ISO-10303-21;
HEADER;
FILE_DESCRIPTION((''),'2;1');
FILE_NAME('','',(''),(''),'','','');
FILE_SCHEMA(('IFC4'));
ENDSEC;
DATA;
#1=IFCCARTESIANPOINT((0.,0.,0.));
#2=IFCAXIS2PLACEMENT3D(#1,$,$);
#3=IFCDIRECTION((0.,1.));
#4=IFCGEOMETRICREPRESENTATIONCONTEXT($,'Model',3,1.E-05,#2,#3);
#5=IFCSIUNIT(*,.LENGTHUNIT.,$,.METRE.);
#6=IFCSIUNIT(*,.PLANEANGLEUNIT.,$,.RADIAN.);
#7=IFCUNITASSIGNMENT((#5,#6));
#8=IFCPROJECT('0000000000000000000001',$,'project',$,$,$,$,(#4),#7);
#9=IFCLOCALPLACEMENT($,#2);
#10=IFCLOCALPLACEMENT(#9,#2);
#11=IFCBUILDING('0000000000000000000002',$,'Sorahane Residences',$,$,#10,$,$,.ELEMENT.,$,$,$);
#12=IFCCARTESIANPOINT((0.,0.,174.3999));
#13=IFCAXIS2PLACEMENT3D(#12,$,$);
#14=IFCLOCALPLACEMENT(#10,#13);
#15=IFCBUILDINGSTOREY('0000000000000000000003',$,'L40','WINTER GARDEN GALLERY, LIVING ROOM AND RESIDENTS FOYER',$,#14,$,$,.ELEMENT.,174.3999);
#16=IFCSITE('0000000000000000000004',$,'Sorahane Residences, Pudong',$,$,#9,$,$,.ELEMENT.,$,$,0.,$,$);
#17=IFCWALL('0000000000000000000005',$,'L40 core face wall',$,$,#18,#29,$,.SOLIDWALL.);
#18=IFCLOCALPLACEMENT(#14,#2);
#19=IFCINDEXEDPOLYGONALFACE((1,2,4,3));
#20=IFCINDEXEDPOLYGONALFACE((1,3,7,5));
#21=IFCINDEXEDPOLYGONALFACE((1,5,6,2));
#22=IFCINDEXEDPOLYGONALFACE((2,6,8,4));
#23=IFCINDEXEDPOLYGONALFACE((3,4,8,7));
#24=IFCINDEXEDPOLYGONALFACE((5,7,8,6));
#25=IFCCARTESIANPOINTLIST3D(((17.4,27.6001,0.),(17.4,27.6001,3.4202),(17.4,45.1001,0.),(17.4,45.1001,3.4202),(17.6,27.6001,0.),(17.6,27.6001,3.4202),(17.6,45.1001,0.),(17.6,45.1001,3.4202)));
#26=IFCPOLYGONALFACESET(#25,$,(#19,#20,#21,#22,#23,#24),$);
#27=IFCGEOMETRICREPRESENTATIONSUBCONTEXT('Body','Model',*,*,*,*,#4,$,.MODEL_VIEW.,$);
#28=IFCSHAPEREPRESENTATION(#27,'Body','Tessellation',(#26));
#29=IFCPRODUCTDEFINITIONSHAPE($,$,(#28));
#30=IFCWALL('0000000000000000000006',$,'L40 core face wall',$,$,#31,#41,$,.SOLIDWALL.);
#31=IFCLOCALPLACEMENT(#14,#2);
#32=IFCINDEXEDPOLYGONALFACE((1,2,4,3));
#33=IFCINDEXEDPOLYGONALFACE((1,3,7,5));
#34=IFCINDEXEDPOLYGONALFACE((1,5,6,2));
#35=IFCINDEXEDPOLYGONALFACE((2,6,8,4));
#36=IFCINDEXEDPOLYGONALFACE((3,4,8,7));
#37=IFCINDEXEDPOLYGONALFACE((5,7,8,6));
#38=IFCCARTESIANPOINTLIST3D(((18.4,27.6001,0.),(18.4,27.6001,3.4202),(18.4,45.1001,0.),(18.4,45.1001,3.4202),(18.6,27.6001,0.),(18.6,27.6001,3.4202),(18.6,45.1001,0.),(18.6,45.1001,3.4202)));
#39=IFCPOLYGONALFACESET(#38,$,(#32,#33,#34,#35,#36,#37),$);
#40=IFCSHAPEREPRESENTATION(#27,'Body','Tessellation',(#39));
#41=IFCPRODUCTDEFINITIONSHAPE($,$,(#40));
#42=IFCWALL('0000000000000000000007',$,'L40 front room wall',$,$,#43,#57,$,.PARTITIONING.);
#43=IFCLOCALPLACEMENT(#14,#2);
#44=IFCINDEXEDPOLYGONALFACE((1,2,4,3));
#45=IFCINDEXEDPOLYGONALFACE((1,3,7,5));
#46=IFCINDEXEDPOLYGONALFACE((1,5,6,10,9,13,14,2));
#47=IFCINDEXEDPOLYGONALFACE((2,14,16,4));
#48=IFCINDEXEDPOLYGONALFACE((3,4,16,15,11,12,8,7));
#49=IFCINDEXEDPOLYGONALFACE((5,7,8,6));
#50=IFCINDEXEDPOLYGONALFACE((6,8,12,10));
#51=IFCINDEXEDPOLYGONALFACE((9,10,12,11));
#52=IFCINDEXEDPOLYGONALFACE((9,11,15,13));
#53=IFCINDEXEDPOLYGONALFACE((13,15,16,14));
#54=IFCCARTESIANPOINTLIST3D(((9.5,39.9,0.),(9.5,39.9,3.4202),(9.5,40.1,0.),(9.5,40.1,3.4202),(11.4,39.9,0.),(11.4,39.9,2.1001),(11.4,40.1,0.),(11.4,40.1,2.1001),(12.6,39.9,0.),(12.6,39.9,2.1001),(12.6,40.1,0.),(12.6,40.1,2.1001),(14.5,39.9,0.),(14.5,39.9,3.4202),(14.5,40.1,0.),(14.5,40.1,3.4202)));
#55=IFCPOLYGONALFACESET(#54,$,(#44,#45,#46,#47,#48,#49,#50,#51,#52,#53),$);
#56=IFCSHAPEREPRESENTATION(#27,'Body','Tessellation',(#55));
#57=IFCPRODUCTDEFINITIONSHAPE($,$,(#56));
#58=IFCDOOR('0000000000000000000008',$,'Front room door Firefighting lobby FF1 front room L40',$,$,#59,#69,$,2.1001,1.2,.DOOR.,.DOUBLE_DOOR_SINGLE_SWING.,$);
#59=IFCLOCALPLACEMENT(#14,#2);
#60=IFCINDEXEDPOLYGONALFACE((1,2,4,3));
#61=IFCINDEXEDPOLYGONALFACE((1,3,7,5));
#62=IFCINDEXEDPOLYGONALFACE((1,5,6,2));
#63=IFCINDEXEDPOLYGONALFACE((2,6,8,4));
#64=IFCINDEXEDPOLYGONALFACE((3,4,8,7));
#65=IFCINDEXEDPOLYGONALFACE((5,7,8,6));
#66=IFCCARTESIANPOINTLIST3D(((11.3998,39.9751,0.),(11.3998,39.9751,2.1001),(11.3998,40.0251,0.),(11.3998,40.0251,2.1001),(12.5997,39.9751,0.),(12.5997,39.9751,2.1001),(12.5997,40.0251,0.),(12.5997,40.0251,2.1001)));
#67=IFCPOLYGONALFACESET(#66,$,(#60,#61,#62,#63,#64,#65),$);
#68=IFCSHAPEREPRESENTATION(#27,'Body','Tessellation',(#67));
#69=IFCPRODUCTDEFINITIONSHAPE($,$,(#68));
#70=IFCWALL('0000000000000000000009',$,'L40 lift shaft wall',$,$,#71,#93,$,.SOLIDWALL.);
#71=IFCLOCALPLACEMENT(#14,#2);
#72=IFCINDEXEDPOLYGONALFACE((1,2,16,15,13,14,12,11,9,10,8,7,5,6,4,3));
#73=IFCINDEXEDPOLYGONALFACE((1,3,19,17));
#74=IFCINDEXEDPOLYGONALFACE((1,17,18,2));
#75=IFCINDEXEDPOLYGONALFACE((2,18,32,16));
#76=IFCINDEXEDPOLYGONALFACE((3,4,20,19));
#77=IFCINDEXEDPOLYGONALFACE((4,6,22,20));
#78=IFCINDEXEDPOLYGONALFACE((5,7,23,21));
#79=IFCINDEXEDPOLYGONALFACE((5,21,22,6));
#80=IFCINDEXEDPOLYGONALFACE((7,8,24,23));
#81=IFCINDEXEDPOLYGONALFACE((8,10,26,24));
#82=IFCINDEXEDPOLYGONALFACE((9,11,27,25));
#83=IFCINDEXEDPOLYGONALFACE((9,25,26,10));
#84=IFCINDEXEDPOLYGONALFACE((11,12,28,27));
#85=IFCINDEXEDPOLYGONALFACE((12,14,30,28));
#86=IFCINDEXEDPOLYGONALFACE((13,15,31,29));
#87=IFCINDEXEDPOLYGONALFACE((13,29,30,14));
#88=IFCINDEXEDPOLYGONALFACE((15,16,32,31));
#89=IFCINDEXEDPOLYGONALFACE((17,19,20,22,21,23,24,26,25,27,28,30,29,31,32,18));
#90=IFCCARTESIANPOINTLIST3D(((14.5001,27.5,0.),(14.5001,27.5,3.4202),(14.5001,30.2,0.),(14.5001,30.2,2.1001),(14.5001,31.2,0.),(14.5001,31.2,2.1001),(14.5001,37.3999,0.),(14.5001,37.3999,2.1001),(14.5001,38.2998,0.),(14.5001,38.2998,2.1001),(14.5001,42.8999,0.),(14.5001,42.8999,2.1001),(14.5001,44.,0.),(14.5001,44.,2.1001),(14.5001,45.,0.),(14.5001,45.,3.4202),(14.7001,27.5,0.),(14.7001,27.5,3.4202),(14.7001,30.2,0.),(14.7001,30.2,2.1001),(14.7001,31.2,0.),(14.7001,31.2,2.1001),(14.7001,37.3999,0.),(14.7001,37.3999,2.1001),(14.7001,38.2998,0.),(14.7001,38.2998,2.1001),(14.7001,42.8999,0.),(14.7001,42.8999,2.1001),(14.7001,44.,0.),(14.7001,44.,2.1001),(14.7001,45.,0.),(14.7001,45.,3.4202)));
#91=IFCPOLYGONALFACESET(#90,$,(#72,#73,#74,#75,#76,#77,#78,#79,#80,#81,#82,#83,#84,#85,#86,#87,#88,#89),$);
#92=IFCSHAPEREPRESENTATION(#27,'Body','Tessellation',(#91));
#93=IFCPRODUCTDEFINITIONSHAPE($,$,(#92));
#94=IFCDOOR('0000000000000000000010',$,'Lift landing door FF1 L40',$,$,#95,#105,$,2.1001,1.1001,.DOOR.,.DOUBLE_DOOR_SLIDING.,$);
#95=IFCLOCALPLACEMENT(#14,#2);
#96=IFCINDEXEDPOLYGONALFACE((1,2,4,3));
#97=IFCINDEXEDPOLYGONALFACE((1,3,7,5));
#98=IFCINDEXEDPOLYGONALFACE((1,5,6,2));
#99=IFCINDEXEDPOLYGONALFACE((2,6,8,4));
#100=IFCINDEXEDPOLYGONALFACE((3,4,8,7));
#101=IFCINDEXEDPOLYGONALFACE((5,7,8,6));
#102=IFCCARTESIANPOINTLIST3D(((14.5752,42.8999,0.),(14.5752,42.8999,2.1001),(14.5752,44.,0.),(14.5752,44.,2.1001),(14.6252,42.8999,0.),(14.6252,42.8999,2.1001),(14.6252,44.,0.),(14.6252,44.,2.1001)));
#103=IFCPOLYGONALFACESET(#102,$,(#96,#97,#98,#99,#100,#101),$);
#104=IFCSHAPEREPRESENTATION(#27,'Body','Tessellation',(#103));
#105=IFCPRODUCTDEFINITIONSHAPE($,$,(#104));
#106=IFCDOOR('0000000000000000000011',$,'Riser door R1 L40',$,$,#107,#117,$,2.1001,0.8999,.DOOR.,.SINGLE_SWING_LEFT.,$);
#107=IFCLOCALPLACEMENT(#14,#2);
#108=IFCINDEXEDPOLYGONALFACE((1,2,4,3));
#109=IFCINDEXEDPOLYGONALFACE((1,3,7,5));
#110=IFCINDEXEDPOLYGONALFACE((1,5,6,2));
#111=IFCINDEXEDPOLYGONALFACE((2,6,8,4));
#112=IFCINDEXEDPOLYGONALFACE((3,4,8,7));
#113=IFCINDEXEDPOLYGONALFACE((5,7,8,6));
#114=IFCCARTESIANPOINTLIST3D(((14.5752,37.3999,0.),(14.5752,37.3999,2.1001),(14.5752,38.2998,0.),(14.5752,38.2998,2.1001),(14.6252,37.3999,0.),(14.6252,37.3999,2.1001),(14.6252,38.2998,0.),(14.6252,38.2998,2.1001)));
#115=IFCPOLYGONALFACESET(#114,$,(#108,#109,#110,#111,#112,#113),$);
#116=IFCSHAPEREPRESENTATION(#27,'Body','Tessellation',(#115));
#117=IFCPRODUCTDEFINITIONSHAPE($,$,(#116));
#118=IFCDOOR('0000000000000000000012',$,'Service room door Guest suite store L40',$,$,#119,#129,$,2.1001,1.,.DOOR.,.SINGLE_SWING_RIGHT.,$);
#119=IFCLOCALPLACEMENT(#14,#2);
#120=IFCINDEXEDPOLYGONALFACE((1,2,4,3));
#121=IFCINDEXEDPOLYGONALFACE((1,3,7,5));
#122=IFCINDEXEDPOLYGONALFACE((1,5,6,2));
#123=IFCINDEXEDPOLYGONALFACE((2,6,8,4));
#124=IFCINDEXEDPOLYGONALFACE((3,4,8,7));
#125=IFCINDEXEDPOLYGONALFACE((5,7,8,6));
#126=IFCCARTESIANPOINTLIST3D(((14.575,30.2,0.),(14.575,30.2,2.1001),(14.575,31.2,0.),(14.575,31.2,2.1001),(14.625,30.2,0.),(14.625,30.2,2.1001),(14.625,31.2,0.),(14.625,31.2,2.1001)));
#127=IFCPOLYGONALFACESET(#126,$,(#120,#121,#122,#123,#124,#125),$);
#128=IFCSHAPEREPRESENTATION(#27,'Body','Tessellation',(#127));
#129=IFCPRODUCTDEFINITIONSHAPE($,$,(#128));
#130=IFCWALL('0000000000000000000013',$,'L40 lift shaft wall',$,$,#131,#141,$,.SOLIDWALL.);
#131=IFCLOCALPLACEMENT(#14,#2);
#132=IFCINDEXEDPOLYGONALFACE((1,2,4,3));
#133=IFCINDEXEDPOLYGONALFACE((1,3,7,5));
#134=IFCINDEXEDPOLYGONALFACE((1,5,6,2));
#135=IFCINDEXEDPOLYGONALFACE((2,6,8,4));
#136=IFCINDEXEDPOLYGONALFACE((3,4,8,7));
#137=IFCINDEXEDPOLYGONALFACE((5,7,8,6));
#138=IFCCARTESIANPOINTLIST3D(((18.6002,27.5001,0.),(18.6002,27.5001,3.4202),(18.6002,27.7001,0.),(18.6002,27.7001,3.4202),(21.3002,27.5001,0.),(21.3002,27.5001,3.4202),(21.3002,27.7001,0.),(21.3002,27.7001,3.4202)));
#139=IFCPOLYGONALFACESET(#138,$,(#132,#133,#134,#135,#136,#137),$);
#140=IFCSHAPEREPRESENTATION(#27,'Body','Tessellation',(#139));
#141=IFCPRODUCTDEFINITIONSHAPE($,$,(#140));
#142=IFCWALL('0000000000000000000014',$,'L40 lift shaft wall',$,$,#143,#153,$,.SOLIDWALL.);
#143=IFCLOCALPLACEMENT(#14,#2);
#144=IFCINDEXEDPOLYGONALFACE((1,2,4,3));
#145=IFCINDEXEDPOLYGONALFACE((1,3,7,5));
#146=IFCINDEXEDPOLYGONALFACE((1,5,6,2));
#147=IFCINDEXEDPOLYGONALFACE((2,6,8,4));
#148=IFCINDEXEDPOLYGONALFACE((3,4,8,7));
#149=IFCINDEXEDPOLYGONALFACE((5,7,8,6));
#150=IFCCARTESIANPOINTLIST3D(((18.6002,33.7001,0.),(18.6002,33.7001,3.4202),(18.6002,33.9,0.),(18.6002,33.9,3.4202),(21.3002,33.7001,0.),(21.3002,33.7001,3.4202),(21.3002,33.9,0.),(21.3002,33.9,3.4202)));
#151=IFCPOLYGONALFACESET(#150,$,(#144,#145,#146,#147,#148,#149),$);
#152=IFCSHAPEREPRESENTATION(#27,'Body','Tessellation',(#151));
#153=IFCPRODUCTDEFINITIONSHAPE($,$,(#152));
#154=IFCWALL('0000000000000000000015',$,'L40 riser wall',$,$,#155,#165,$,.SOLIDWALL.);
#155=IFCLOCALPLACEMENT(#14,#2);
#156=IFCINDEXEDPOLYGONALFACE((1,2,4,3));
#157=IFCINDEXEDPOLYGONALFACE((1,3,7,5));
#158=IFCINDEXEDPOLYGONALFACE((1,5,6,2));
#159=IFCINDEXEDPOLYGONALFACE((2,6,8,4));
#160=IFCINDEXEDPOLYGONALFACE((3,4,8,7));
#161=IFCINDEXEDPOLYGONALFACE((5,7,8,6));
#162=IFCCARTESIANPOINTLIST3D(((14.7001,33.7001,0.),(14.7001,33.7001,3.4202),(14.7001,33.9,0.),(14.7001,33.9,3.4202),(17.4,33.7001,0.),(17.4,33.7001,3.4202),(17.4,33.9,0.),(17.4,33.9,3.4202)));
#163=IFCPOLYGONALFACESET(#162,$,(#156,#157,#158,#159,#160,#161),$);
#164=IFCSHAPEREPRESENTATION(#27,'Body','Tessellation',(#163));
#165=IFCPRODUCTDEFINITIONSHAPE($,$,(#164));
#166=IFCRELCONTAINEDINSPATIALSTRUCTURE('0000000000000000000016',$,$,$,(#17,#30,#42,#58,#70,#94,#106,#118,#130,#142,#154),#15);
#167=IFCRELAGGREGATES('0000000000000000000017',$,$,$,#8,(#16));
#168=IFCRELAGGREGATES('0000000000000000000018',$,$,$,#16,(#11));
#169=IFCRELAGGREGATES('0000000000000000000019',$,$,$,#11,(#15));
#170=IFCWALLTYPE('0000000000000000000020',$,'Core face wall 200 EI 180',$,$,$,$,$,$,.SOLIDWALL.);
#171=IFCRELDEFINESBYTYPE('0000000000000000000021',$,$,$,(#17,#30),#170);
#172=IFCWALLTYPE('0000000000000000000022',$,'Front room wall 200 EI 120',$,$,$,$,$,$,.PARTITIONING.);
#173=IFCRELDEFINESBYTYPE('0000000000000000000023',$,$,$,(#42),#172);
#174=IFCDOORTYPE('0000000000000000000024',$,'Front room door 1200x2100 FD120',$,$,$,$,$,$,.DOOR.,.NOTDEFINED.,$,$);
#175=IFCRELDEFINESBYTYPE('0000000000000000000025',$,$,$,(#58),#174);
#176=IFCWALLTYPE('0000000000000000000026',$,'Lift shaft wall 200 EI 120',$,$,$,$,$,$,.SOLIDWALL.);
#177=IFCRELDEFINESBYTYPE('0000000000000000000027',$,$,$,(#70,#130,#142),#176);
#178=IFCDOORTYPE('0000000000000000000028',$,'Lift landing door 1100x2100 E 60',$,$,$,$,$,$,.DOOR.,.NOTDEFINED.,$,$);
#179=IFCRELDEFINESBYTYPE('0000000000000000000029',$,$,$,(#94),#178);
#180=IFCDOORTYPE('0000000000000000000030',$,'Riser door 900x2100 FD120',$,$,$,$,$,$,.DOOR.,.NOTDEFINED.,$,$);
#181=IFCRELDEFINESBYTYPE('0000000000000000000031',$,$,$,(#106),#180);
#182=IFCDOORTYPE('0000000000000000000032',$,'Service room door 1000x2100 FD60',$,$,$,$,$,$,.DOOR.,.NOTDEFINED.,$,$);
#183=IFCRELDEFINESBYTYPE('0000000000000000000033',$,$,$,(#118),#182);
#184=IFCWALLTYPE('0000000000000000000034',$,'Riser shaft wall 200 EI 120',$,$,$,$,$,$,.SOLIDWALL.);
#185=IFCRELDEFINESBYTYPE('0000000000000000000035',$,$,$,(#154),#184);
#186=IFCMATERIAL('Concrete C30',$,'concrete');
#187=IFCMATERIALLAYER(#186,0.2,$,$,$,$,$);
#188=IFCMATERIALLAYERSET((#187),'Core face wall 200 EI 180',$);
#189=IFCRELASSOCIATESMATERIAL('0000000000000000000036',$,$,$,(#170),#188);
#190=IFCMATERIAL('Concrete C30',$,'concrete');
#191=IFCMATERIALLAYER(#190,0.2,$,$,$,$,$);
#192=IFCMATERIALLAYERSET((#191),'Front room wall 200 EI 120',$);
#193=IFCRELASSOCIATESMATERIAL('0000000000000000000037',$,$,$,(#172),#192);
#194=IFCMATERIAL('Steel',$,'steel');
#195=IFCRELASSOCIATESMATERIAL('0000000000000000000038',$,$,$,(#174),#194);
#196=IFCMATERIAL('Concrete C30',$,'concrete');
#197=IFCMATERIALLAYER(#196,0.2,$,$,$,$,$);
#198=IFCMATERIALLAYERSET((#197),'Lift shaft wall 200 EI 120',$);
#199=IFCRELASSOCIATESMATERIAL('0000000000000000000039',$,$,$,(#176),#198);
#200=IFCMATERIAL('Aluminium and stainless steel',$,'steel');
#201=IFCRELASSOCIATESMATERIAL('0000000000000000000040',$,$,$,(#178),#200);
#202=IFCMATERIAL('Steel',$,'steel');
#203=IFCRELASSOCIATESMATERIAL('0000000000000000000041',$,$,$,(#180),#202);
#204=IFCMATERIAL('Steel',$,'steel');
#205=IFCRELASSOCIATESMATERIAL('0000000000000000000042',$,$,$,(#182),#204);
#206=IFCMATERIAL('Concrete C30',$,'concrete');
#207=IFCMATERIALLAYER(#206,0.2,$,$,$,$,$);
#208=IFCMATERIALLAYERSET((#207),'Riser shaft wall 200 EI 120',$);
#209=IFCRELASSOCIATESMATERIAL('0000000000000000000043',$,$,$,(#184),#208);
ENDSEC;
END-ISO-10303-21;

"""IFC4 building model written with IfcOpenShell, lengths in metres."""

from ifc_helpers import new_model, si_unit, direction, frame, frame_2d, origin, place, context, subcontext, project, spatial, rectangle, extrude, material, layer, layer_set, type_object, element, fill, save


model = new_model("IFC4")

# Units and contexts
model_context = context("Model", 3, precision=1e-05, world=origin(), true_north=direction((0.0, 1.0)))
body_context = subcontext(model_context, "Body", "Model", "MODEL_VIEW")
ifc_project = project(units=[si_unit("LENGTHUNIT", "METRE"), si_unit("PLANEANGLEUNIT", "RADIAN")], contexts=[model_context])

# Site, building, storey
site_placement = place(None, origin())
site = spatial("IfcSite", under=ifc_project, at=site_placement, Name="Sorahane Residences, Pudong", CompositionType="ELEMENT", RefElevation=0.0)
building_placement = place(site_placement, origin())
building = spatial("IfcBuilding", under=site, at=building_placement, Name="Sorahane Residences", CompositionType="ELEMENT")
storey_placement = place(building_placement, frame((0.0, 0.0, 174.3999)))
storey = spatial("IfcBuildingStorey", under=building, at=storey_placement, Name="L40", Description="WINTER GARDEN GALLERY, LIVING ROOM AND RESIDENTS FOYER", CompositionType="ELEMENT", Elevation=174.3999)

# Walls
ifc_material_1 = material(Name="Concrete C30", Category="concrete")
ifc_layer_1 = layer(ifc_material_1, 0.2)
ifc_layer_set_1 = layer_set([ifc_layer_1], Name="Core face wall 200 EI 180")
wall_type_1 = type_object("IfcWallType", Name="Core face wall 200 EI 180", PredefinedType="SOLIDWALL", material=ifc_layer_set_1)
for number, where, z_axis, x_axis, name in (
    (1, (17.5, 27.6001, 0.0), (0.0, 0.0, 1.0), (0.0, 1.0, 0.0), "L40 core face wall"),
    (2, (18.5, 27.6001, 0.0), (0.0, 0.0, 1.0), (0.0, 1.0, 0.0), "L40 core face wall"),
):
    element("IfcWall", number, at=place(storey_placement, frame(where, z_axis=z_axis, x_axis=x_axis)), inside=storey, type_object=wall_type_1, Name=name, PredefinedType="SOLIDWALL", context=body_context, shape_type="SweptSolid", body=[
        extrude(rectangle(XDim=17.5, YDim=0.2, at=frame_2d((8.75, 0.0))), origin(), (0.0, 0.0, 1.0), 3.4202),
    ])

# Wall, opening, door
ifc_material_2 = material(Name="Concrete C30", Category="concrete")
ifc_layer_2 = layer(ifc_material_2, 0.2)
ifc_layer_set_2 = layer_set([ifc_layer_2], Name="Front room wall 200 EI 120")
wall_type_2 = type_object("IfcWallType", Name="Front room wall 200 EI 120", PredefinedType="PARTITIONING", material=ifc_layer_set_2)
wall_1_placement = place(storey_placement, frame((9.5, 40.0, 0.0), z_axis=(0.0, 0.0, 1.0), x_axis=(1.0, 0.0, 0.0)))
wall_1 = element("IfcWall", 3, at=wall_1_placement, inside=storey, type_object=wall_type_2, Name="L40 front room wall", PredefinedType="PARTITIONING", context=body_context, shape_type="SweptSolid", body=[
    extrude(rectangle(XDim=5.0, YDim=0.2, at=frame_2d((2.5, 0.0))), origin(), (0.0, 0.0, 1.0), 3.4202),
])
opening_1_placement = place(wall_1_placement, frame((1.8999, 0.0, 0.0)))
opening_1 = element("IfcOpeningElement", 4, at=opening_1_placement, cuts=wall_1, PredefinedType="OPENING", context=body_context, shape_type="SweptSolid", body=[
    extrude(rectangle(XDim=1.2, YDim=2.1001, at=frame_2d((0.6001, 1.05))), frame((0.0, 0.1099, 0.0), z_axis=(0.0, -1.0, 0.0), x_axis=(1.0, 0.0, 0.0)), (0.0, 0.0, 1.0), 0.22),
])
ifc_material_3 = material(Name="Steel", Category="steel")
door_type_1 = type_object("IfcDoorType", Name="Front room door 1200x2100 FD120", OperationType="NOTDEFINED", PredefinedType="DOOR", material=ifc_material_3)
door_1_placement = place(opening_1_placement, frame((1.2, 0.0, 0.0), z_axis=(0.0, 0.0, 1.0), x_axis=(-1.0, 0.0, 0.0)))
door_1 = element("IfcDoor", 5, at=door_1_placement, inside=storey, type_object=door_type_1, Name="Front room door Firefighting lobby FF1 front room L40", OperationType="DOUBLE_DOOR_SINGLE_SWING", OverallHeight=2.1001, OverallWidth=1.2, PredefinedType="DOOR", context=body_context, shape_type="SweptSolid", body=[
    extrude(rectangle(XDim=1.2, YDim=2.1001, at=frame_2d((0.6001, 1.05))), frame((0.0, 0.0249, 0.0), z_axis=(0.0, -1.0, 0.0), x_axis=(1.0, 0.0, 0.0)), (0.0, 0.0, 1.0), 0.05),
])
fill(opening_1, door_1)

# Wall, openings, doors
ifc_material_4 = material(Name="Concrete C30", Category="concrete")
ifc_layer_3 = layer(ifc_material_4, 0.2)
ifc_layer_set_3 = layer_set([ifc_layer_3], Name="Lift shaft wall 200 EI 120")
wall_type_3 = type_object("IfcWallType", Name="Lift shaft wall 200 EI 120", PredefinedType="SOLIDWALL", material=ifc_layer_set_3)
wall_2_placement = place(storey_placement, frame((14.6001, 27.5, 0.0), z_axis=(0.0, 0.0, 1.0), x_axis=(0.0, 1.0, 0.0)))
wall_2 = element("IfcWall", 6, at=wall_2_placement, inside=storey, type_object=wall_type_3, Name="L40 lift shaft wall", PredefinedType="SOLIDWALL", context=body_context, shape_type="SweptSolid", body=[
    extrude(rectangle(XDim=17.5, YDim=0.2, at=frame_2d((8.75, 0.0))), origin(), (0.0, 0.0, 1.0), 3.4202),
])
opening_2_placement = place(wall_2_placement, frame((15.3999, 0.0, 0.0)))
opening_2 = element("IfcOpeningElement", 7, at=opening_2_placement, cuts=wall_2, PredefinedType="OPENING", context=body_context, shape_type="SweptSolid", body=[
    extrude(rectangle(XDim=1.1001, YDim=2.1001, at=frame_2d((0.55, 1.05))), frame((0.0, 0.1099, 0.0), z_axis=(0.0, -1.0, 0.0), x_axis=(1.0, 0.0, 0.0)), (0.0, 0.0, 1.0), 0.22),
])
opening_3_placement = place(wall_2_placement, frame((2.7, 0.0, 0.0)))
opening_3 = element("IfcOpeningElement", 8, at=opening_3_placement, cuts=wall_2, PredefinedType="OPENING", context=body_context, shape_type="SweptSolid", body=[
    extrude(rectangle(XDim=1.0, YDim=2.1001, at=frame_2d((0.5, 1.05))), frame((0.0, 0.1099, 0.0), z_axis=(0.0, -1.0, 0.0), x_axis=(1.0, 0.0, 0.0)), (0.0, 0.0, 1.0), 0.22),
])
opening_4_placement = place(wall_2_placement, frame((9.8999, 0.0, 0.0)))
opening_4 = element("IfcOpeningElement", 9, at=opening_4_placement, cuts=wall_2, PredefinedType="OPENING", context=body_context, shape_type="SweptSolid", body=[
    extrude(rectangle(XDim=0.8999, YDim=2.1001, at=frame_2d((0.45, 1.05))), frame((0.0, 0.1099, 0.0), z_axis=(0.0, -1.0, 0.0), x_axis=(1.0, 0.0, 0.0)), (0.0, 0.0, 1.0), 0.22),
])
ifc_material_5 = material(Name="Aluminium and stainless steel", Category="steel")
door_type_2 = type_object("IfcDoorType", Name="Lift landing door 1100x2100 E 60", OperationType="NOTDEFINED", PredefinedType="DOOR", material=ifc_material_5)
door_2_placement = place(opening_2_placement, origin())
door_2 = element("IfcDoor", 10, at=door_2_placement, inside=storey, type_object=door_type_2, Name="Lift landing door FF1 L40", OperationType="DOUBLE_DOOR_SLIDING", OverallHeight=2.1001, OverallWidth=1.1001, PredefinedType="DOOR", context=body_context, shape_type="SweptSolid", body=[
    extrude(rectangle(XDim=1.1001, YDim=2.1001, at=frame_2d((0.55, 1.05))), frame((0.0, 0.0249, 0.0), z_axis=(0.0, -1.0, 0.0), x_axis=(1.0, 0.0, 0.0)), (0.0, 0.0, 1.0), 0.05),
])
fill(opening_2, door_2)
ifc_material_6 = material(Name="Steel", Category="steel")
door_type_3 = type_object("IfcDoorType", Name="Riser door 900x2100 FD120", OperationType="NOTDEFINED", PredefinedType="DOOR", material=ifc_material_6)
door_3_placement = place(opening_4_placement, origin())
door_3 = element("IfcDoor", 11, at=door_3_placement, inside=storey, type_object=door_type_3, Name="Riser door R1 L40", OperationType="SINGLE_SWING_LEFT", OverallHeight=2.1001, OverallWidth=0.8999, PredefinedType="DOOR", context=body_context, shape_type="SweptSolid", body=[
    extrude(rectangle(XDim=0.8999, YDim=2.1001, at=frame_2d((0.45, 1.05))), frame((0.0, 0.0249, 0.0), z_axis=(0.0, -1.0, 0.0), x_axis=(1.0, 0.0, 0.0)), (0.0, 0.0, 1.0), 0.05),
])
fill(opening_4, door_3)
ifc_material_7 = material(Name="Steel", Category="steel")
door_type_4 = type_object("IfcDoorType", Name="Service room door 1000x2100 FD60", OperationType="NOTDEFINED", PredefinedType="DOOR", material=ifc_material_7)
door_4_placement = place(opening_3_placement, frame((1.0, 0.0, 0.0), z_axis=(0.0, 0.0, 1.0), x_axis=(-1.0, 0.0, 0.0)))
door_4 = element("IfcDoor", 12, at=door_4_placement, inside=storey, type_object=door_type_4, Name="Service room door Guest suite store L40", OperationType="SINGLE_SWING_RIGHT", OverallHeight=2.1001, OverallWidth=1.0, PredefinedType="DOOR", context=body_context, shape_type="SweptSolid", body=[
    extrude(rectangle(XDim=1.0, YDim=2.1001, at=frame_2d((0.5, 1.05))), frame((0.0, 0.0249, 0.0), z_axis=(0.0, -1.0, 0.0), x_axis=(1.0, 0.0, 0.0)), (0.0, 0.0, 1.0), 0.05),
])
fill(opening_3, door_4)

# Walls
for number, where, z_axis, x_axis, name in (
    (13, (18.6001, 27.6001, 0.0), (0.0, 0.0, 1.0), (1.0, 0.0, 0.0), "L40 lift shaft wall"),
    (14, (18.6001, 33.8, 0.0), (0.0, 0.0, 1.0), (1.0, 0.0, 0.0), "L40 lift shaft wall"),
):
    element("IfcWall", number, at=place(storey_placement, frame(where, z_axis=z_axis, x_axis=x_axis)), inside=storey, type_object=wall_type_3, Name=name, PredefinedType="SOLIDWALL", context=body_context, shape_type="SweptSolid", body=[
        extrude(rectangle(XDim=2.7, YDim=0.2, at=frame_2d((1.3501, 0.0))), origin(), (0.0, 0.0, 1.0), 3.4202),
    ])
ifc_material_8 = material(Name="Concrete C30", Category="concrete")
ifc_layer_4 = layer(ifc_material_8, 0.2)
ifc_layer_set_4 = layer_set([ifc_layer_4], Name="Riser shaft wall 200 EI 120")
wall_type_4 = type_object("IfcWallType", Name="Riser shaft wall 200 EI 120", PredefinedType="SOLIDWALL", material=ifc_layer_set_4)
wall_3_placement = place(storey_placement, frame((14.7, 33.8, 0.0), z_axis=(0.0, 0.0, 1.0), x_axis=(1.0, 0.0, 0.0)))
element("IfcWall", 15, at=wall_3_placement, inside=storey, type_object=wall_type_4, Name="L40 riser wall", PredefinedType="SOLIDWALL", context=body_context, shape_type="SweptSolid", body=[
    extrude(rectangle(XDim=2.7, YDim=0.2, at=frame_2d((1.3501, 0.0))), origin(), (0.0, 0.0, 1.0), 3.4202),
])

save(model, "model.ifc")
